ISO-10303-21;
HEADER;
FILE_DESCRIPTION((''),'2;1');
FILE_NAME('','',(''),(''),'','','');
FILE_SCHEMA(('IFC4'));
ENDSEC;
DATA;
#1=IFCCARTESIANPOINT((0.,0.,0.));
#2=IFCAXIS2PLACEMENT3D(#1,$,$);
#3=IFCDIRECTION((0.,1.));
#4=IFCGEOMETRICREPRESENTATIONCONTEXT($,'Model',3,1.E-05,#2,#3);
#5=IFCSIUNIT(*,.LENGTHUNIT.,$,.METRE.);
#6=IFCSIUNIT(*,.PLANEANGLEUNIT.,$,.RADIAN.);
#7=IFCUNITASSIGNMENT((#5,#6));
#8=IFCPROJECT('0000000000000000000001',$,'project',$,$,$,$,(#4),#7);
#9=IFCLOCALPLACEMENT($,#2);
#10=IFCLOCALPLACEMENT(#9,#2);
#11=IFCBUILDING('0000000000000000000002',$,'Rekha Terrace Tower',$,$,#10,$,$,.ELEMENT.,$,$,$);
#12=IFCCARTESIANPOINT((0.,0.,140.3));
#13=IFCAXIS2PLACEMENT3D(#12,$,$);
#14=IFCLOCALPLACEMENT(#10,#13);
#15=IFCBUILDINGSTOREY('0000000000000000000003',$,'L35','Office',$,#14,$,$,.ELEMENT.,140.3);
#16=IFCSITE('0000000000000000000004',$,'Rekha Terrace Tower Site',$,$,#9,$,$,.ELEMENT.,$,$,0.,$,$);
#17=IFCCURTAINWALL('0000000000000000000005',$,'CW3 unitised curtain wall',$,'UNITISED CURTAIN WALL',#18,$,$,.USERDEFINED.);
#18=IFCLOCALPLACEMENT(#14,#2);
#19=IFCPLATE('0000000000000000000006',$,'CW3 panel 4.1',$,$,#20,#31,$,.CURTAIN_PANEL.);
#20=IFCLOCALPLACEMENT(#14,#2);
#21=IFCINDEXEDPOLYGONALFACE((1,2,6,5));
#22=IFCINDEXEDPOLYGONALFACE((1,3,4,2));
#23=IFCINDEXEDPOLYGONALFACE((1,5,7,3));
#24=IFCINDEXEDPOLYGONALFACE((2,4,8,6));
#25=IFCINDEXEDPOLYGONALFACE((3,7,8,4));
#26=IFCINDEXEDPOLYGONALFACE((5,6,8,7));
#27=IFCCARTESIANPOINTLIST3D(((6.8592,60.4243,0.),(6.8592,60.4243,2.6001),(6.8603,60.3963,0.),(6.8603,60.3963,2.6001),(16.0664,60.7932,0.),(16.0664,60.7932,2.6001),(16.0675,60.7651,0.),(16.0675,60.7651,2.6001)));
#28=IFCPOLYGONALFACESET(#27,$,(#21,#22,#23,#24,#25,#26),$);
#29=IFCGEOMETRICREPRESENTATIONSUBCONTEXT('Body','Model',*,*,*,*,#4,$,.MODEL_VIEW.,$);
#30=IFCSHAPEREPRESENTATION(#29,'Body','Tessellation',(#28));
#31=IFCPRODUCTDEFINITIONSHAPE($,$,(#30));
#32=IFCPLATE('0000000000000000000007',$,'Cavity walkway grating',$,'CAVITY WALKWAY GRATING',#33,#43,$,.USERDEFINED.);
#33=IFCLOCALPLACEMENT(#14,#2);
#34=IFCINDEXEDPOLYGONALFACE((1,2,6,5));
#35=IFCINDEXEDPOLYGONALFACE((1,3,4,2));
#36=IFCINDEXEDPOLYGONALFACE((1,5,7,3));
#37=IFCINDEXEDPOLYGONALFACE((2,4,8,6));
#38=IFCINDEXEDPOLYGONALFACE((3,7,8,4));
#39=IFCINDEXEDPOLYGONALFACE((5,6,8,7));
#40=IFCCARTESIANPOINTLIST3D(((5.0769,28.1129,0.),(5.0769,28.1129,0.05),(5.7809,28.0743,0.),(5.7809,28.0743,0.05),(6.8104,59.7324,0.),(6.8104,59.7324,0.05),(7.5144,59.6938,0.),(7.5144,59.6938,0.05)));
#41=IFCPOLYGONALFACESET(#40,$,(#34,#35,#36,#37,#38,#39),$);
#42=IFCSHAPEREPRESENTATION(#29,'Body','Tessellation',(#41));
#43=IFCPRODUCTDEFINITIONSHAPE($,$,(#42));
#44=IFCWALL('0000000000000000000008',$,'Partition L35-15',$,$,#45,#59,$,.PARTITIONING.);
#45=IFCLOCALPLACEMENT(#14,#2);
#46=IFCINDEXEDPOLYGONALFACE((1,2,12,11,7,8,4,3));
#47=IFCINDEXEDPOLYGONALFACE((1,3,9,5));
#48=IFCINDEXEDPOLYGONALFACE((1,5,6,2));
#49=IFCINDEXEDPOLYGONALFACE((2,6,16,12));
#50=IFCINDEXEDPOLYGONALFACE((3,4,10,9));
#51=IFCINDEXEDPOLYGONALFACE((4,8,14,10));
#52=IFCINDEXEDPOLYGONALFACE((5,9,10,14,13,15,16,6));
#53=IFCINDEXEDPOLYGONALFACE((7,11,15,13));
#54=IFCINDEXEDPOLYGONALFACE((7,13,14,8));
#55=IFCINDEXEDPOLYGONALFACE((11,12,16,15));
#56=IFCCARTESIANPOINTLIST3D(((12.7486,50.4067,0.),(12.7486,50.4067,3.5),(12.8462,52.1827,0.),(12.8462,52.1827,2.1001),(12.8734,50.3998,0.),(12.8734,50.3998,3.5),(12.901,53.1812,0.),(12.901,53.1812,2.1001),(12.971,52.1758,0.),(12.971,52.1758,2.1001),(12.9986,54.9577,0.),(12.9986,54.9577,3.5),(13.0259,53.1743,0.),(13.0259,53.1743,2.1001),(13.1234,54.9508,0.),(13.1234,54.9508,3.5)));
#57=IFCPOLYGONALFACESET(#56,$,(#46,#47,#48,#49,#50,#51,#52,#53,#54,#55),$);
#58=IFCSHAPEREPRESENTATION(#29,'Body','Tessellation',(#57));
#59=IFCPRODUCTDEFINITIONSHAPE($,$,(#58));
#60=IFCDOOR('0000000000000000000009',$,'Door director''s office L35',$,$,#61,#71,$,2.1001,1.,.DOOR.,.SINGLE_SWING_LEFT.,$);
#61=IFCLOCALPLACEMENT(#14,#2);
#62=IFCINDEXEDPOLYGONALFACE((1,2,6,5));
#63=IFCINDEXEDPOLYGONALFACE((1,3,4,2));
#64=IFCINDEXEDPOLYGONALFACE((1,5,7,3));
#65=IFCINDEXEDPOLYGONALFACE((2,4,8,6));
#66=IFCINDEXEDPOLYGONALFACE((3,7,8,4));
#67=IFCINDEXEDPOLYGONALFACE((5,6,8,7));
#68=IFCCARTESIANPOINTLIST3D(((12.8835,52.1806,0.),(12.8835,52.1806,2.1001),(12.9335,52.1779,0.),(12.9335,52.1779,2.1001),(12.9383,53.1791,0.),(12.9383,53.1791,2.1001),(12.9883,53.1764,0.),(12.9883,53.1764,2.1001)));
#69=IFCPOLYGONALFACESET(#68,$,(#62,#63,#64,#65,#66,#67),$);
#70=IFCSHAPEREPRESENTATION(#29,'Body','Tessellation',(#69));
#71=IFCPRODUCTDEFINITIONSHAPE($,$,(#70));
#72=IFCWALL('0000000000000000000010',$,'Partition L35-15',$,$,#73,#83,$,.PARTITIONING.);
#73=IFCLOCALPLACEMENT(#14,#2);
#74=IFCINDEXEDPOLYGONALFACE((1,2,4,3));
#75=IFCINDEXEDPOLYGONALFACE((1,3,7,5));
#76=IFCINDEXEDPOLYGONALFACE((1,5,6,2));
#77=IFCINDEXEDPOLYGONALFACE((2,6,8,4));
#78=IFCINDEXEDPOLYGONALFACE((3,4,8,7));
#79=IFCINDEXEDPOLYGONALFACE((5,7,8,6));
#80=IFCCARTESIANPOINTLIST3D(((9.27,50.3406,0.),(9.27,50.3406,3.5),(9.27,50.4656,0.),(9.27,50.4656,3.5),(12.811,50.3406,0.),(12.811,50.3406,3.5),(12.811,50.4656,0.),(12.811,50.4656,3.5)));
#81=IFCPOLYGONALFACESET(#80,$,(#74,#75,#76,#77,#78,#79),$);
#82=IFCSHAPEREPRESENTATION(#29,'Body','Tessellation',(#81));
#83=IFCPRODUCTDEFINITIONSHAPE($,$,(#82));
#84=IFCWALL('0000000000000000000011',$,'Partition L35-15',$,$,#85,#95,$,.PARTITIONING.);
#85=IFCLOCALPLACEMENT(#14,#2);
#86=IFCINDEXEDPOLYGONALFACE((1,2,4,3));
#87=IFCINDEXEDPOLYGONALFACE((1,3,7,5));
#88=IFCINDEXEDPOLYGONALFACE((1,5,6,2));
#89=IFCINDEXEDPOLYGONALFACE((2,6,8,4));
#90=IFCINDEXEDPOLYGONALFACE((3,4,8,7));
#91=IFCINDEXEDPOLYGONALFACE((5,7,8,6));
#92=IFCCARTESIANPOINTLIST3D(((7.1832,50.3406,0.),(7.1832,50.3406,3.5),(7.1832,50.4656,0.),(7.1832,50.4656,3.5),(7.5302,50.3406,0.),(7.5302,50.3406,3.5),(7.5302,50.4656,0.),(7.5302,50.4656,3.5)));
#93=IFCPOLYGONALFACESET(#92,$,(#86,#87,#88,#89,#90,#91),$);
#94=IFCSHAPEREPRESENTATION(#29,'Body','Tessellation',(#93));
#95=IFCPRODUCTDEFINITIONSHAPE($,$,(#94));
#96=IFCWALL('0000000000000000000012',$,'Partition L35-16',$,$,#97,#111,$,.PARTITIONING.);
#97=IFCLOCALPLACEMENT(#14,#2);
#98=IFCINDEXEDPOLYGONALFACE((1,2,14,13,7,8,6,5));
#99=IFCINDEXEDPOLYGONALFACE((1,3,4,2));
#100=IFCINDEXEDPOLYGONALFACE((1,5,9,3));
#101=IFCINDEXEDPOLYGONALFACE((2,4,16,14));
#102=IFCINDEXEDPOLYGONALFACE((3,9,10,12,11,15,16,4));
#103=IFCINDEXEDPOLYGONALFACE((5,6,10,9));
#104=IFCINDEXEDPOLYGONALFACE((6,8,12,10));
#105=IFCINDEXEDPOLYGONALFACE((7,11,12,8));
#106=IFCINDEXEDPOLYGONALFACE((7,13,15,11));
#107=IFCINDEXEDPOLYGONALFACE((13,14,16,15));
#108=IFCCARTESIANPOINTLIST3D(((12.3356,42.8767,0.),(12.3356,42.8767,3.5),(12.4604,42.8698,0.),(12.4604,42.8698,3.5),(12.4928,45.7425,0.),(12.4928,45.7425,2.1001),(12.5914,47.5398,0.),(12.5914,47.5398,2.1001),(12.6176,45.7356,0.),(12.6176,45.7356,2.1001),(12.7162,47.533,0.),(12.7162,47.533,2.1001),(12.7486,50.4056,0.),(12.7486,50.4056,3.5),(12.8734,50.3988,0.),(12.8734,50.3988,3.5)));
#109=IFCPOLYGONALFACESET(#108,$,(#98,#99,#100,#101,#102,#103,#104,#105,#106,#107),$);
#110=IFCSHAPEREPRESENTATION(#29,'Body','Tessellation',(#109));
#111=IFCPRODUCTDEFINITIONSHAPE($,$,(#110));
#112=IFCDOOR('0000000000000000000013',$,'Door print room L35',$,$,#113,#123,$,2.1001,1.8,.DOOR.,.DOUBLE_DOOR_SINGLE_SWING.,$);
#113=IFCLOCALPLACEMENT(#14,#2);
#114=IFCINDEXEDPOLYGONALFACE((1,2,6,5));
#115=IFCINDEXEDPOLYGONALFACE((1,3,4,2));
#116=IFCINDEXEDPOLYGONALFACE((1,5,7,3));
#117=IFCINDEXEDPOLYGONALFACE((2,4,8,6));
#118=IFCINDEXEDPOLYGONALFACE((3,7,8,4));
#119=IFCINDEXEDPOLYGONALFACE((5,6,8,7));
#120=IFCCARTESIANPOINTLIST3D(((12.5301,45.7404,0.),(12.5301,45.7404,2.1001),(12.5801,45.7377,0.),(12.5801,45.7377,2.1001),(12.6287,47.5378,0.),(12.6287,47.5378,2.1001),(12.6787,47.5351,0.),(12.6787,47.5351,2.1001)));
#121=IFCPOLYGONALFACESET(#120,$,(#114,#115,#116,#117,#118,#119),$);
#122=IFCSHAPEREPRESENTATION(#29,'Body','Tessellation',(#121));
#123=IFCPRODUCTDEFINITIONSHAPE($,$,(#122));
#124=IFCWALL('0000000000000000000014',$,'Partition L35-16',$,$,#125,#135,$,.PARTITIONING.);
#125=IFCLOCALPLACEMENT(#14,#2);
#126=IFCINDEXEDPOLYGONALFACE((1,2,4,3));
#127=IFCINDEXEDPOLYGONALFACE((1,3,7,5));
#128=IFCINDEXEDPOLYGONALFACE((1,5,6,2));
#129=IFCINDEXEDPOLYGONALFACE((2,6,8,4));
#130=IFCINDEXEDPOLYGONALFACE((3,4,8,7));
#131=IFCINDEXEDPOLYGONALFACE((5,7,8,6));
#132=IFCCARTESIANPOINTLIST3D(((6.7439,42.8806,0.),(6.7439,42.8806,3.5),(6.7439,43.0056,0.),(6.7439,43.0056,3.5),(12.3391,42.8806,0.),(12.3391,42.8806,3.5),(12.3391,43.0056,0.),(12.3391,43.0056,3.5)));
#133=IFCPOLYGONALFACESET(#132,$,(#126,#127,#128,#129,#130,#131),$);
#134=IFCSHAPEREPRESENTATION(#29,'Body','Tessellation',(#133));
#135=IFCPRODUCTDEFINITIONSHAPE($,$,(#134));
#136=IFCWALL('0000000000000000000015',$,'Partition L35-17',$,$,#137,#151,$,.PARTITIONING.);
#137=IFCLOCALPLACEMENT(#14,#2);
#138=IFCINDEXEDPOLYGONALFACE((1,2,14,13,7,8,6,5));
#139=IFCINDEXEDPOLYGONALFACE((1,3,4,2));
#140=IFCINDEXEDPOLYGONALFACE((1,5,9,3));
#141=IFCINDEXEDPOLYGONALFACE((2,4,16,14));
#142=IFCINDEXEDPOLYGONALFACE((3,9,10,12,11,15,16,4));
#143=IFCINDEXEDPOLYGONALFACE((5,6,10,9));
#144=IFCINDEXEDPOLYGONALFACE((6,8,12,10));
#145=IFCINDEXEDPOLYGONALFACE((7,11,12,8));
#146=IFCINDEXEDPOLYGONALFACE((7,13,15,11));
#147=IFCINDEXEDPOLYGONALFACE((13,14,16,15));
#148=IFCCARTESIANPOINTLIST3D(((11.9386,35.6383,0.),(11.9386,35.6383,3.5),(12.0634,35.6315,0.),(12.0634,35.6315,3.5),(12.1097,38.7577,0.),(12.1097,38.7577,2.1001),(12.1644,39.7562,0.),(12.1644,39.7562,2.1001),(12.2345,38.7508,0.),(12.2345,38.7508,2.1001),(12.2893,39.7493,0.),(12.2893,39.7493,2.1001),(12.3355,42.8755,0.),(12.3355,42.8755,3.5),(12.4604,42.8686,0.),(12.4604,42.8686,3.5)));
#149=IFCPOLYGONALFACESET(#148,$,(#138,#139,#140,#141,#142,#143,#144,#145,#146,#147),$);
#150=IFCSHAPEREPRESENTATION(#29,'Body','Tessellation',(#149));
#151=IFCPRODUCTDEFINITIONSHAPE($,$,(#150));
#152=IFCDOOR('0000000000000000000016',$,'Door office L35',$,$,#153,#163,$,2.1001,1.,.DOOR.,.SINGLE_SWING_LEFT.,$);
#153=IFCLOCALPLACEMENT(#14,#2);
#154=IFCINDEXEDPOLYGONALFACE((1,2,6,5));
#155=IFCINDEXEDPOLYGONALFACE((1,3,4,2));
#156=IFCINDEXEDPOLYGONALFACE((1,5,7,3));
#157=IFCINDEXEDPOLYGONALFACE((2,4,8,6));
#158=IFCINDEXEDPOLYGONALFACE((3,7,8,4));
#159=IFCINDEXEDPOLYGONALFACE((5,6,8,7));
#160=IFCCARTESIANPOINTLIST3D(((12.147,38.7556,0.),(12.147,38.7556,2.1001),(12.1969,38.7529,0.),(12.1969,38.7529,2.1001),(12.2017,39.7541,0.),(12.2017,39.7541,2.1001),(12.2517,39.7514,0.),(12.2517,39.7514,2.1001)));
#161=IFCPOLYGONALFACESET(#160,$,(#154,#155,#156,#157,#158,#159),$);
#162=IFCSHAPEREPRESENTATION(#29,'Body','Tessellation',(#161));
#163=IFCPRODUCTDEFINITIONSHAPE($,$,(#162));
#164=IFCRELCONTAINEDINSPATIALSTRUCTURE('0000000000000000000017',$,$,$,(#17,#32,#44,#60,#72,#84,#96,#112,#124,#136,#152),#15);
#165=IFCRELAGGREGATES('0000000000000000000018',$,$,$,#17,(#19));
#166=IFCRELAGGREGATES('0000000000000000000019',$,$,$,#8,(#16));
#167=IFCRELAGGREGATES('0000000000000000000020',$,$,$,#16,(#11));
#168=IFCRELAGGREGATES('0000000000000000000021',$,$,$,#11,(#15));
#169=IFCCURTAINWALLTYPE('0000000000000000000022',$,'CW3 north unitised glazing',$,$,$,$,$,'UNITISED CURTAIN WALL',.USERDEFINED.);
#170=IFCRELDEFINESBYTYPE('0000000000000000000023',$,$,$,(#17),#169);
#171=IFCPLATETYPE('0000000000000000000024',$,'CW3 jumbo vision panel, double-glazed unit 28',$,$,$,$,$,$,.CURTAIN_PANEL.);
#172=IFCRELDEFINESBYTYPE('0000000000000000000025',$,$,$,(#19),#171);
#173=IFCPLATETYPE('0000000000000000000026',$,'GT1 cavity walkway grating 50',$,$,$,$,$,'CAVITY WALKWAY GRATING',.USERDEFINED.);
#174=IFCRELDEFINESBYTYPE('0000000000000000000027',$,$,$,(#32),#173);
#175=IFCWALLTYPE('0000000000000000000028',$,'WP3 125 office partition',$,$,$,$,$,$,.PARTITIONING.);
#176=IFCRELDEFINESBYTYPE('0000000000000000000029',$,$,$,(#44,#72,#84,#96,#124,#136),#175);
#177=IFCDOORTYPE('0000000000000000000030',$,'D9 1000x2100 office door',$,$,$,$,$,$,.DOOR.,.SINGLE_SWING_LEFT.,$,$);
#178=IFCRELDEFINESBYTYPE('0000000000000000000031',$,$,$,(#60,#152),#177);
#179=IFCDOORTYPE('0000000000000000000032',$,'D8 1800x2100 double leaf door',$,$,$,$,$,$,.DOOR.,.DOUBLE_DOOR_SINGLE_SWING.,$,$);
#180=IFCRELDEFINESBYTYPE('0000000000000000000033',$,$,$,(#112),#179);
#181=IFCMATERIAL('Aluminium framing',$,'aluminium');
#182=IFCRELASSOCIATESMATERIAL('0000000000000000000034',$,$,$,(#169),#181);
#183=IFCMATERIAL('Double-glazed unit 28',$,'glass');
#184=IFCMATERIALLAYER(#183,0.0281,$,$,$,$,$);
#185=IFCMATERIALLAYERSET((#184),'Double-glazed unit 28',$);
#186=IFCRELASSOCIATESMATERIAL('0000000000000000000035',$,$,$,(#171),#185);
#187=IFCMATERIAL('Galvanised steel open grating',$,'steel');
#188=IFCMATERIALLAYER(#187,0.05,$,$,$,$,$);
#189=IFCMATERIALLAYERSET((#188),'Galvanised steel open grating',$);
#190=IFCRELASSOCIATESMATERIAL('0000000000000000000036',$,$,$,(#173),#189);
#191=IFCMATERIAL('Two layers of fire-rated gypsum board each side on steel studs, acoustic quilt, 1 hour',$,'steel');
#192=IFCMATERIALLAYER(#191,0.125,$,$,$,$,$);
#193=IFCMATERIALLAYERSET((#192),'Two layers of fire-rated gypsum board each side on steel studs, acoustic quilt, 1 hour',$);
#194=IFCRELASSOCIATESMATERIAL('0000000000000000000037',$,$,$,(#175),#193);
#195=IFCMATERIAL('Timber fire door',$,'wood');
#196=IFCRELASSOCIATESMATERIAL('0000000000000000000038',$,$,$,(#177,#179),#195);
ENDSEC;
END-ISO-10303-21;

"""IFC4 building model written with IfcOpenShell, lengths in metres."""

from ifc_helpers import new_model, si_unit, direction, frame, frame_2d, origin, origin_2d, place, context, subcontext, project, spatial, rectangle, extrude, material, layer, layer_set, type_object, element, fill, aggregate, save


model = new_model("IFC4")

# Units and contexts
model_context = context("Model", 3, precision=1e-05, world=origin(), true_north=direction((0.0, 1.0)))
body_context = subcontext(model_context, "Body", "Model", "MODEL_VIEW")
ifc_project = project(units=[si_unit("LENGTHUNIT", "METRE"), si_unit("PLANEANGLEUNIT", "RADIAN")], contexts=[model_context])

# Site, building, storey
site_placement = place(None, origin())
site = spatial("IfcSite", under=ifc_project, at=site_placement, Name="Rekha Terrace Tower Site", CompositionType="ELEMENT", RefElevation=0.0)
building_placement = place(site_placement, origin())
building = spatial("IfcBuilding", under=site, at=building_placement, Name="Rekha Terrace Tower", CompositionType="ELEMENT")
storey_placement = place(building_placement, frame((0.0, 0.0, 140.3)))
storey = spatial("IfcBuildingStorey", under=building, at=storey_placement, Name="L35", Description="Office", CompositionType="ELEMENT", Elevation=140.3)

# Shared definitions
ifc_material_1 = material(Name="Aluminium framing", Category="aluminium")

# Curtain wall
curtain_wall_type_1 = type_object("IfcCurtainWallType", Name="CW3 north unitised glazing", ElementType="UNITISED CURTAIN WALL", PredefinedType="USERDEFINED", material=ifc_material_1)
curtain_wall_1_placement = place(storey_placement, origin())
curtain_wall_1 = element("IfcCurtainWall", 1, at=curtain_wall_1_placement, inside=storey, type_object=curtain_wall_type_1, Name="CW3 unitised curtain wall", ObjectType="UNITISED CURTAIN WALL", PredefinedType="USERDEFINED")

# Plates
ifc_material_2 = material(Name="Double-glazed unit 28", Category="glass")
ifc_layer_1 = layer(ifc_material_2, 0.0281)
ifc_layer_set_1 = layer_set([ifc_layer_1], Name="Double-glazed unit 28")
plate_type_1 = type_object("IfcPlateType", Name="CW3 jumbo vision panel, double-glazed unit 28", PredefinedType="CURTAIN_PANEL", material=ifc_layer_set_1)
plate_1_placement = place(storey_placement, frame((11.4634, 60.5947, 0.0), z_axis=(0.0, 0.0, 1.0), x_axis=(-0.999198, -0.040032, 0.0)))
plate_1 = element("IfcPlate", 2, at=plate_1_placement, type_object=plate_type_1, Name="CW3 panel 4.1", PredefinedType="CURTAIN_PANEL", context=body_context, shape_type="SweptSolid", body=[
    extrude(rectangle(XDim=9.2146, YDim=0.0281, at=origin_2d()), origin(), (0.0, 0.0, 1.0), 2.6001),
])
aggregate(curtain_wall_1, [plate_1])
ifc_material_3 = material(Name="Galvanised steel open grating", Category="steel")
ifc_layer_2 = layer(ifc_material_3, 0.05)
ifc_layer_set_2 = layer_set([ifc_layer_2], Name="Galvanised steel open grating")
plate_type_2 = type_object("IfcPlateType", Name="GT1 cavity walkway grating 50", ElementType="CAVITY WALKWAY GRATING", PredefinedType="USERDEFINED", material=ifc_layer_set_2)
plate_2_placement = place(storey_placement, frame((6.2957, 43.9033, 0.0), z_axis=(0.0, 0.0, 1.0), x_axis=(-0.054742, -0.998501, 0.0)))
element("IfcPlate", 3, at=plate_2_placement, inside=storey, type_object=plate_type_2, Name="Cavity walkway grating", ObjectType="CAVITY WALKWAY GRATING", PredefinedType="USERDEFINED", context=body_context, shape_type="SweptSolid", body=[
    extrude(rectangle(XDim=31.667, YDim=0.7051, at=origin_2d()), origin(), (0.0, 0.0, 1.0), 0.05),
])

# Wall, opening, door
ifc_material_4 = material(Name="Two layers of fire-rated gypsum board each side on steel studs, acoustic quilt, 1 hour", Category="steel")
ifc_layer_3 = layer(ifc_material_4, 0.125)
ifc_layer_set_3 = layer_set([ifc_layer_3], Name="Two layers of fire-rated gypsum board each side on steel studs, acoustic quilt, 1 hour")
wall_type = type_object("IfcWallType", Name="WP3 125 office partition", PredefinedType="PARTITIONING", material=ifc_layer_set_3)
wall_1_placement = place(storey_placement, frame((13.061, 54.9541, 0.0), z_axis=(0.0, 0.0, 1.0), x_axis=(-0.05485, -0.998495, 0.0)))
wall_1 = element("IfcWall", 4, at=wall_1_placement, inside=storey, type_object=wall_type, Name="Partition L35-15", PredefinedType="PARTITIONING", context=body_context, shape_type="SweptSolid", body=[
    extrude(rectangle(XDim=4.5579, YDim=0.125, at=frame_2d((2.2788, 0.0))), origin(), (0.0, 0.0, 1.0), 3.5),
])
opening_1_placement = place(wall_1_placement, frame((1.7791, 0.0, 0.0)))
opening_1 = element("IfcOpeningElement", 5, at=opening_1_placement, cuts=wall_1, PredefinedType="OPENING", context=body_context, shape_type="SweptSolid", body=[
    extrude(rectangle(XDim=1.0, YDim=2.1001, at=frame_2d((0.5, 1.05))), frame((0.0, 0.0725, 0.0), z_axis=(0.0, -1.0, 0.0), x_axis=(1.0, 0.0, 0.0)), (0.0, 0.0, 1.0), 0.145),
])
ifc_material_5 = material(Name="Timber fire door", Category="wood")
door_type_1 = type_object("IfcDoorType", Name="D9 1000x2100 office door", OperationType="SINGLE_SWING_LEFT", PredefinedType="DOOR", material=ifc_material_5)
door_1_placement = place(opening_1_placement, origin())
door_1 = element("IfcDoor", 6, at=door_1_placement, inside=storey, type_object=door_type_1, Name="Door director's office L35", OperationType="SINGLE_SWING_LEFT", OverallHeight=2.1001, OverallWidth=1.0, PredefinedType="DOOR", context=body_context, shape_type="SweptSolid", body=[
    extrude(rectangle(XDim=1.0, YDim=2.1001, at=frame_2d((0.5, 1.05))), frame((0.0, 0.0249, 0.0), z_axis=(0.0, -1.0, 0.0), x_axis=(1.0, 0.0, 0.0)), (0.0, 0.0, 1.0), 0.05),
])
fill(opening_1, door_1)

# Walls
wall_2_placement = place(storey_placement, frame((12.811, 50.4031, 0.0), z_axis=(0.0, 0.0, 1.0), x_axis=(-1.0, 0.0, 0.0)))
element("IfcWall", 7, at=wall_2_placement, inside=storey, type_object=wall_type, Name="Partition L35-15", PredefinedType="PARTITIONING", context=body_context, shape_type="SweptSolid", body=[
    extrude(rectangle(XDim=3.541, YDim=0.125, at=frame_2d((1.7705, 0.0))), origin(), (0.0, 0.0, 1.0), 3.5),
])
wall_3_placement = place(storey_placement, frame((7.53, 50.4031, 0.0), z_axis=(0.0, 0.0, 1.0), x_axis=(-1.0, 0.0, 0.0)))
element("IfcWall", 8, at=wall_3_placement, inside=storey, type_object=wall_type, Name="Partition L35-15", PredefinedType="PARTITIONING", context=body_context, shape_type="SweptSolid", body=[
    extrude(rectangle(XDim=0.3469, YDim=0.125, at=frame_2d((0.1733, 0.0))), origin(), (0.0, 0.0, 1.0), 3.5),
])

# Wall, opening, door
wall_4_placement = place(storey_placement, frame((12.811, 50.4021, 0.0), z_axis=(0.0, 0.0, 1.0), x_axis=(-0.054783, -0.998498, 0.0)))
wall_4 = element("IfcWall", 9, at=wall_4_placement, inside=storey, type_object=wall_type, Name="Partition L35-16", PredefinedType="PARTITIONING", context=body_context, shape_type="SweptSolid", body=[
    extrude(rectangle(XDim=7.5403, YDim=0.125, at=frame_2d((3.77, 0.0))), origin(), (0.0, 0.0, 1.0), 3.5),
])
opening_2_placement = place(wall_4_placement, frame((2.8701, 0.0, 0.0)))
opening_2 = element("IfcOpeningElement", 10, at=opening_2_placement, cuts=wall_4, PredefinedType="OPENING", context=body_context, shape_type="SweptSolid", body=[
    extrude(rectangle(XDim=1.8, YDim=2.1001, at=frame_2d((0.8999, 1.05))), frame((0.0, 0.0725, 0.0), z_axis=(0.0, -1.0, 0.0), x_axis=(1.0, 0.0, 0.0)), (0.0, 0.0, 1.0), 0.145),
])
door_type_2 = type_object("IfcDoorType", Name="D8 1800x2100 double leaf door", OperationType="DOUBLE_DOOR_SINGLE_SWING", PredefinedType="DOOR", material=ifc_material_5)
door_2_placement = place(opening_2_placement, origin())
door_2 = element("IfcDoor", 11, at=door_2_placement, inside=storey, type_object=door_type_2, Name="Door print room L35", OperationType="DOUBLE_DOOR_SINGLE_SWING", OverallHeight=2.1001, OverallWidth=1.8, PredefinedType="DOOR", context=body_context, shape_type="SweptSolid", body=[
    extrude(rectangle(XDim=1.8, YDim=2.1001, at=frame_2d((0.8999, 1.05))), frame((0.0, 0.0249, 0.0), z_axis=(0.0, -1.0, 0.0), x_axis=(1.0, 0.0, 0.0)), (0.0, 0.0, 1.0), 0.05),
])
fill(opening_2, door_2)

# Wall
wall_5_placement = place(storey_placement, frame((12.3391, 42.9431, 0.0), z_axis=(0.0, 0.0, 1.0), x_axis=(-1.0, 0.0, 0.0)))
element("IfcWall", 12, at=wall_5_placement, inside=storey, type_object=wall_type, Name="Partition L35-16", PredefinedType="PARTITIONING", context=body_context, shape_type="SweptSolid", body=[
    extrude(rectangle(XDim=5.5952, YDim=0.125, at=frame_2d((2.7976, 0.0))), origin(), (0.0, 0.0, 1.0), 3.5),
])

# Wall, opening, door
wall_6_placement = place(storey_placement, frame((12.3979, 42.8721, 0.0), z_axis=(0.0, 0.0, 1.0), x_axis=(-0.05477, -0.998499, 0.0)))
wall_6 = element("IfcWall", 13, at=wall_6_placement, inside=storey, type_object=wall_type, Name="Partition L35-17", PredefinedType="PARTITIONING", context=body_context, shape_type="SweptSolid", body=[
    extrude(rectangle(XDim=7.248, YDim=0.125, at=frame_2d((3.624, 0.0))), origin(), (0.0, 0.0, 1.0), 3.5),
])
opening_3_placement = place(wall_6_placement, frame((3.124, 0.0, 0.0)))
opening_3 = element("IfcOpeningElement", 14, at=opening_3_placement, cuts=wall_6, PredefinedType="OPENING", context=body_context, shape_type="SweptSolid", body=[
    extrude(rectangle(XDim=1.0, YDim=2.1001, at=frame_2d((0.5, 1.05))), frame((0.0, 0.0725, 0.0), z_axis=(0.0, -1.0, 0.0), x_axis=(1.0, 0.0, 0.0)), (0.0, 0.0, 1.0), 0.145),
])
door_3_placement = place(opening_3_placement, origin())
door_3 = element("IfcDoor", 15, at=door_3_placement, inside=storey, type_object=door_type_1, Name="Door office L35", OperationType="SINGLE_SWING_LEFT", OverallHeight=2.1001, OverallWidth=1.0, PredefinedType="DOOR", context=body_context, shape_type="SweptSolid", body=[
    extrude(rectangle(XDim=1.0, YDim=2.1001, at=frame_2d((0.5, 1.05))), frame((0.0, 0.0249, 0.0), z_axis=(0.0, -1.0, 0.0), x_axis=(1.0, 0.0, 0.0)), (0.0, 0.0, 1.0), 0.05),
])
fill(opening_3, door_3)

save(model, "model.ifc")
